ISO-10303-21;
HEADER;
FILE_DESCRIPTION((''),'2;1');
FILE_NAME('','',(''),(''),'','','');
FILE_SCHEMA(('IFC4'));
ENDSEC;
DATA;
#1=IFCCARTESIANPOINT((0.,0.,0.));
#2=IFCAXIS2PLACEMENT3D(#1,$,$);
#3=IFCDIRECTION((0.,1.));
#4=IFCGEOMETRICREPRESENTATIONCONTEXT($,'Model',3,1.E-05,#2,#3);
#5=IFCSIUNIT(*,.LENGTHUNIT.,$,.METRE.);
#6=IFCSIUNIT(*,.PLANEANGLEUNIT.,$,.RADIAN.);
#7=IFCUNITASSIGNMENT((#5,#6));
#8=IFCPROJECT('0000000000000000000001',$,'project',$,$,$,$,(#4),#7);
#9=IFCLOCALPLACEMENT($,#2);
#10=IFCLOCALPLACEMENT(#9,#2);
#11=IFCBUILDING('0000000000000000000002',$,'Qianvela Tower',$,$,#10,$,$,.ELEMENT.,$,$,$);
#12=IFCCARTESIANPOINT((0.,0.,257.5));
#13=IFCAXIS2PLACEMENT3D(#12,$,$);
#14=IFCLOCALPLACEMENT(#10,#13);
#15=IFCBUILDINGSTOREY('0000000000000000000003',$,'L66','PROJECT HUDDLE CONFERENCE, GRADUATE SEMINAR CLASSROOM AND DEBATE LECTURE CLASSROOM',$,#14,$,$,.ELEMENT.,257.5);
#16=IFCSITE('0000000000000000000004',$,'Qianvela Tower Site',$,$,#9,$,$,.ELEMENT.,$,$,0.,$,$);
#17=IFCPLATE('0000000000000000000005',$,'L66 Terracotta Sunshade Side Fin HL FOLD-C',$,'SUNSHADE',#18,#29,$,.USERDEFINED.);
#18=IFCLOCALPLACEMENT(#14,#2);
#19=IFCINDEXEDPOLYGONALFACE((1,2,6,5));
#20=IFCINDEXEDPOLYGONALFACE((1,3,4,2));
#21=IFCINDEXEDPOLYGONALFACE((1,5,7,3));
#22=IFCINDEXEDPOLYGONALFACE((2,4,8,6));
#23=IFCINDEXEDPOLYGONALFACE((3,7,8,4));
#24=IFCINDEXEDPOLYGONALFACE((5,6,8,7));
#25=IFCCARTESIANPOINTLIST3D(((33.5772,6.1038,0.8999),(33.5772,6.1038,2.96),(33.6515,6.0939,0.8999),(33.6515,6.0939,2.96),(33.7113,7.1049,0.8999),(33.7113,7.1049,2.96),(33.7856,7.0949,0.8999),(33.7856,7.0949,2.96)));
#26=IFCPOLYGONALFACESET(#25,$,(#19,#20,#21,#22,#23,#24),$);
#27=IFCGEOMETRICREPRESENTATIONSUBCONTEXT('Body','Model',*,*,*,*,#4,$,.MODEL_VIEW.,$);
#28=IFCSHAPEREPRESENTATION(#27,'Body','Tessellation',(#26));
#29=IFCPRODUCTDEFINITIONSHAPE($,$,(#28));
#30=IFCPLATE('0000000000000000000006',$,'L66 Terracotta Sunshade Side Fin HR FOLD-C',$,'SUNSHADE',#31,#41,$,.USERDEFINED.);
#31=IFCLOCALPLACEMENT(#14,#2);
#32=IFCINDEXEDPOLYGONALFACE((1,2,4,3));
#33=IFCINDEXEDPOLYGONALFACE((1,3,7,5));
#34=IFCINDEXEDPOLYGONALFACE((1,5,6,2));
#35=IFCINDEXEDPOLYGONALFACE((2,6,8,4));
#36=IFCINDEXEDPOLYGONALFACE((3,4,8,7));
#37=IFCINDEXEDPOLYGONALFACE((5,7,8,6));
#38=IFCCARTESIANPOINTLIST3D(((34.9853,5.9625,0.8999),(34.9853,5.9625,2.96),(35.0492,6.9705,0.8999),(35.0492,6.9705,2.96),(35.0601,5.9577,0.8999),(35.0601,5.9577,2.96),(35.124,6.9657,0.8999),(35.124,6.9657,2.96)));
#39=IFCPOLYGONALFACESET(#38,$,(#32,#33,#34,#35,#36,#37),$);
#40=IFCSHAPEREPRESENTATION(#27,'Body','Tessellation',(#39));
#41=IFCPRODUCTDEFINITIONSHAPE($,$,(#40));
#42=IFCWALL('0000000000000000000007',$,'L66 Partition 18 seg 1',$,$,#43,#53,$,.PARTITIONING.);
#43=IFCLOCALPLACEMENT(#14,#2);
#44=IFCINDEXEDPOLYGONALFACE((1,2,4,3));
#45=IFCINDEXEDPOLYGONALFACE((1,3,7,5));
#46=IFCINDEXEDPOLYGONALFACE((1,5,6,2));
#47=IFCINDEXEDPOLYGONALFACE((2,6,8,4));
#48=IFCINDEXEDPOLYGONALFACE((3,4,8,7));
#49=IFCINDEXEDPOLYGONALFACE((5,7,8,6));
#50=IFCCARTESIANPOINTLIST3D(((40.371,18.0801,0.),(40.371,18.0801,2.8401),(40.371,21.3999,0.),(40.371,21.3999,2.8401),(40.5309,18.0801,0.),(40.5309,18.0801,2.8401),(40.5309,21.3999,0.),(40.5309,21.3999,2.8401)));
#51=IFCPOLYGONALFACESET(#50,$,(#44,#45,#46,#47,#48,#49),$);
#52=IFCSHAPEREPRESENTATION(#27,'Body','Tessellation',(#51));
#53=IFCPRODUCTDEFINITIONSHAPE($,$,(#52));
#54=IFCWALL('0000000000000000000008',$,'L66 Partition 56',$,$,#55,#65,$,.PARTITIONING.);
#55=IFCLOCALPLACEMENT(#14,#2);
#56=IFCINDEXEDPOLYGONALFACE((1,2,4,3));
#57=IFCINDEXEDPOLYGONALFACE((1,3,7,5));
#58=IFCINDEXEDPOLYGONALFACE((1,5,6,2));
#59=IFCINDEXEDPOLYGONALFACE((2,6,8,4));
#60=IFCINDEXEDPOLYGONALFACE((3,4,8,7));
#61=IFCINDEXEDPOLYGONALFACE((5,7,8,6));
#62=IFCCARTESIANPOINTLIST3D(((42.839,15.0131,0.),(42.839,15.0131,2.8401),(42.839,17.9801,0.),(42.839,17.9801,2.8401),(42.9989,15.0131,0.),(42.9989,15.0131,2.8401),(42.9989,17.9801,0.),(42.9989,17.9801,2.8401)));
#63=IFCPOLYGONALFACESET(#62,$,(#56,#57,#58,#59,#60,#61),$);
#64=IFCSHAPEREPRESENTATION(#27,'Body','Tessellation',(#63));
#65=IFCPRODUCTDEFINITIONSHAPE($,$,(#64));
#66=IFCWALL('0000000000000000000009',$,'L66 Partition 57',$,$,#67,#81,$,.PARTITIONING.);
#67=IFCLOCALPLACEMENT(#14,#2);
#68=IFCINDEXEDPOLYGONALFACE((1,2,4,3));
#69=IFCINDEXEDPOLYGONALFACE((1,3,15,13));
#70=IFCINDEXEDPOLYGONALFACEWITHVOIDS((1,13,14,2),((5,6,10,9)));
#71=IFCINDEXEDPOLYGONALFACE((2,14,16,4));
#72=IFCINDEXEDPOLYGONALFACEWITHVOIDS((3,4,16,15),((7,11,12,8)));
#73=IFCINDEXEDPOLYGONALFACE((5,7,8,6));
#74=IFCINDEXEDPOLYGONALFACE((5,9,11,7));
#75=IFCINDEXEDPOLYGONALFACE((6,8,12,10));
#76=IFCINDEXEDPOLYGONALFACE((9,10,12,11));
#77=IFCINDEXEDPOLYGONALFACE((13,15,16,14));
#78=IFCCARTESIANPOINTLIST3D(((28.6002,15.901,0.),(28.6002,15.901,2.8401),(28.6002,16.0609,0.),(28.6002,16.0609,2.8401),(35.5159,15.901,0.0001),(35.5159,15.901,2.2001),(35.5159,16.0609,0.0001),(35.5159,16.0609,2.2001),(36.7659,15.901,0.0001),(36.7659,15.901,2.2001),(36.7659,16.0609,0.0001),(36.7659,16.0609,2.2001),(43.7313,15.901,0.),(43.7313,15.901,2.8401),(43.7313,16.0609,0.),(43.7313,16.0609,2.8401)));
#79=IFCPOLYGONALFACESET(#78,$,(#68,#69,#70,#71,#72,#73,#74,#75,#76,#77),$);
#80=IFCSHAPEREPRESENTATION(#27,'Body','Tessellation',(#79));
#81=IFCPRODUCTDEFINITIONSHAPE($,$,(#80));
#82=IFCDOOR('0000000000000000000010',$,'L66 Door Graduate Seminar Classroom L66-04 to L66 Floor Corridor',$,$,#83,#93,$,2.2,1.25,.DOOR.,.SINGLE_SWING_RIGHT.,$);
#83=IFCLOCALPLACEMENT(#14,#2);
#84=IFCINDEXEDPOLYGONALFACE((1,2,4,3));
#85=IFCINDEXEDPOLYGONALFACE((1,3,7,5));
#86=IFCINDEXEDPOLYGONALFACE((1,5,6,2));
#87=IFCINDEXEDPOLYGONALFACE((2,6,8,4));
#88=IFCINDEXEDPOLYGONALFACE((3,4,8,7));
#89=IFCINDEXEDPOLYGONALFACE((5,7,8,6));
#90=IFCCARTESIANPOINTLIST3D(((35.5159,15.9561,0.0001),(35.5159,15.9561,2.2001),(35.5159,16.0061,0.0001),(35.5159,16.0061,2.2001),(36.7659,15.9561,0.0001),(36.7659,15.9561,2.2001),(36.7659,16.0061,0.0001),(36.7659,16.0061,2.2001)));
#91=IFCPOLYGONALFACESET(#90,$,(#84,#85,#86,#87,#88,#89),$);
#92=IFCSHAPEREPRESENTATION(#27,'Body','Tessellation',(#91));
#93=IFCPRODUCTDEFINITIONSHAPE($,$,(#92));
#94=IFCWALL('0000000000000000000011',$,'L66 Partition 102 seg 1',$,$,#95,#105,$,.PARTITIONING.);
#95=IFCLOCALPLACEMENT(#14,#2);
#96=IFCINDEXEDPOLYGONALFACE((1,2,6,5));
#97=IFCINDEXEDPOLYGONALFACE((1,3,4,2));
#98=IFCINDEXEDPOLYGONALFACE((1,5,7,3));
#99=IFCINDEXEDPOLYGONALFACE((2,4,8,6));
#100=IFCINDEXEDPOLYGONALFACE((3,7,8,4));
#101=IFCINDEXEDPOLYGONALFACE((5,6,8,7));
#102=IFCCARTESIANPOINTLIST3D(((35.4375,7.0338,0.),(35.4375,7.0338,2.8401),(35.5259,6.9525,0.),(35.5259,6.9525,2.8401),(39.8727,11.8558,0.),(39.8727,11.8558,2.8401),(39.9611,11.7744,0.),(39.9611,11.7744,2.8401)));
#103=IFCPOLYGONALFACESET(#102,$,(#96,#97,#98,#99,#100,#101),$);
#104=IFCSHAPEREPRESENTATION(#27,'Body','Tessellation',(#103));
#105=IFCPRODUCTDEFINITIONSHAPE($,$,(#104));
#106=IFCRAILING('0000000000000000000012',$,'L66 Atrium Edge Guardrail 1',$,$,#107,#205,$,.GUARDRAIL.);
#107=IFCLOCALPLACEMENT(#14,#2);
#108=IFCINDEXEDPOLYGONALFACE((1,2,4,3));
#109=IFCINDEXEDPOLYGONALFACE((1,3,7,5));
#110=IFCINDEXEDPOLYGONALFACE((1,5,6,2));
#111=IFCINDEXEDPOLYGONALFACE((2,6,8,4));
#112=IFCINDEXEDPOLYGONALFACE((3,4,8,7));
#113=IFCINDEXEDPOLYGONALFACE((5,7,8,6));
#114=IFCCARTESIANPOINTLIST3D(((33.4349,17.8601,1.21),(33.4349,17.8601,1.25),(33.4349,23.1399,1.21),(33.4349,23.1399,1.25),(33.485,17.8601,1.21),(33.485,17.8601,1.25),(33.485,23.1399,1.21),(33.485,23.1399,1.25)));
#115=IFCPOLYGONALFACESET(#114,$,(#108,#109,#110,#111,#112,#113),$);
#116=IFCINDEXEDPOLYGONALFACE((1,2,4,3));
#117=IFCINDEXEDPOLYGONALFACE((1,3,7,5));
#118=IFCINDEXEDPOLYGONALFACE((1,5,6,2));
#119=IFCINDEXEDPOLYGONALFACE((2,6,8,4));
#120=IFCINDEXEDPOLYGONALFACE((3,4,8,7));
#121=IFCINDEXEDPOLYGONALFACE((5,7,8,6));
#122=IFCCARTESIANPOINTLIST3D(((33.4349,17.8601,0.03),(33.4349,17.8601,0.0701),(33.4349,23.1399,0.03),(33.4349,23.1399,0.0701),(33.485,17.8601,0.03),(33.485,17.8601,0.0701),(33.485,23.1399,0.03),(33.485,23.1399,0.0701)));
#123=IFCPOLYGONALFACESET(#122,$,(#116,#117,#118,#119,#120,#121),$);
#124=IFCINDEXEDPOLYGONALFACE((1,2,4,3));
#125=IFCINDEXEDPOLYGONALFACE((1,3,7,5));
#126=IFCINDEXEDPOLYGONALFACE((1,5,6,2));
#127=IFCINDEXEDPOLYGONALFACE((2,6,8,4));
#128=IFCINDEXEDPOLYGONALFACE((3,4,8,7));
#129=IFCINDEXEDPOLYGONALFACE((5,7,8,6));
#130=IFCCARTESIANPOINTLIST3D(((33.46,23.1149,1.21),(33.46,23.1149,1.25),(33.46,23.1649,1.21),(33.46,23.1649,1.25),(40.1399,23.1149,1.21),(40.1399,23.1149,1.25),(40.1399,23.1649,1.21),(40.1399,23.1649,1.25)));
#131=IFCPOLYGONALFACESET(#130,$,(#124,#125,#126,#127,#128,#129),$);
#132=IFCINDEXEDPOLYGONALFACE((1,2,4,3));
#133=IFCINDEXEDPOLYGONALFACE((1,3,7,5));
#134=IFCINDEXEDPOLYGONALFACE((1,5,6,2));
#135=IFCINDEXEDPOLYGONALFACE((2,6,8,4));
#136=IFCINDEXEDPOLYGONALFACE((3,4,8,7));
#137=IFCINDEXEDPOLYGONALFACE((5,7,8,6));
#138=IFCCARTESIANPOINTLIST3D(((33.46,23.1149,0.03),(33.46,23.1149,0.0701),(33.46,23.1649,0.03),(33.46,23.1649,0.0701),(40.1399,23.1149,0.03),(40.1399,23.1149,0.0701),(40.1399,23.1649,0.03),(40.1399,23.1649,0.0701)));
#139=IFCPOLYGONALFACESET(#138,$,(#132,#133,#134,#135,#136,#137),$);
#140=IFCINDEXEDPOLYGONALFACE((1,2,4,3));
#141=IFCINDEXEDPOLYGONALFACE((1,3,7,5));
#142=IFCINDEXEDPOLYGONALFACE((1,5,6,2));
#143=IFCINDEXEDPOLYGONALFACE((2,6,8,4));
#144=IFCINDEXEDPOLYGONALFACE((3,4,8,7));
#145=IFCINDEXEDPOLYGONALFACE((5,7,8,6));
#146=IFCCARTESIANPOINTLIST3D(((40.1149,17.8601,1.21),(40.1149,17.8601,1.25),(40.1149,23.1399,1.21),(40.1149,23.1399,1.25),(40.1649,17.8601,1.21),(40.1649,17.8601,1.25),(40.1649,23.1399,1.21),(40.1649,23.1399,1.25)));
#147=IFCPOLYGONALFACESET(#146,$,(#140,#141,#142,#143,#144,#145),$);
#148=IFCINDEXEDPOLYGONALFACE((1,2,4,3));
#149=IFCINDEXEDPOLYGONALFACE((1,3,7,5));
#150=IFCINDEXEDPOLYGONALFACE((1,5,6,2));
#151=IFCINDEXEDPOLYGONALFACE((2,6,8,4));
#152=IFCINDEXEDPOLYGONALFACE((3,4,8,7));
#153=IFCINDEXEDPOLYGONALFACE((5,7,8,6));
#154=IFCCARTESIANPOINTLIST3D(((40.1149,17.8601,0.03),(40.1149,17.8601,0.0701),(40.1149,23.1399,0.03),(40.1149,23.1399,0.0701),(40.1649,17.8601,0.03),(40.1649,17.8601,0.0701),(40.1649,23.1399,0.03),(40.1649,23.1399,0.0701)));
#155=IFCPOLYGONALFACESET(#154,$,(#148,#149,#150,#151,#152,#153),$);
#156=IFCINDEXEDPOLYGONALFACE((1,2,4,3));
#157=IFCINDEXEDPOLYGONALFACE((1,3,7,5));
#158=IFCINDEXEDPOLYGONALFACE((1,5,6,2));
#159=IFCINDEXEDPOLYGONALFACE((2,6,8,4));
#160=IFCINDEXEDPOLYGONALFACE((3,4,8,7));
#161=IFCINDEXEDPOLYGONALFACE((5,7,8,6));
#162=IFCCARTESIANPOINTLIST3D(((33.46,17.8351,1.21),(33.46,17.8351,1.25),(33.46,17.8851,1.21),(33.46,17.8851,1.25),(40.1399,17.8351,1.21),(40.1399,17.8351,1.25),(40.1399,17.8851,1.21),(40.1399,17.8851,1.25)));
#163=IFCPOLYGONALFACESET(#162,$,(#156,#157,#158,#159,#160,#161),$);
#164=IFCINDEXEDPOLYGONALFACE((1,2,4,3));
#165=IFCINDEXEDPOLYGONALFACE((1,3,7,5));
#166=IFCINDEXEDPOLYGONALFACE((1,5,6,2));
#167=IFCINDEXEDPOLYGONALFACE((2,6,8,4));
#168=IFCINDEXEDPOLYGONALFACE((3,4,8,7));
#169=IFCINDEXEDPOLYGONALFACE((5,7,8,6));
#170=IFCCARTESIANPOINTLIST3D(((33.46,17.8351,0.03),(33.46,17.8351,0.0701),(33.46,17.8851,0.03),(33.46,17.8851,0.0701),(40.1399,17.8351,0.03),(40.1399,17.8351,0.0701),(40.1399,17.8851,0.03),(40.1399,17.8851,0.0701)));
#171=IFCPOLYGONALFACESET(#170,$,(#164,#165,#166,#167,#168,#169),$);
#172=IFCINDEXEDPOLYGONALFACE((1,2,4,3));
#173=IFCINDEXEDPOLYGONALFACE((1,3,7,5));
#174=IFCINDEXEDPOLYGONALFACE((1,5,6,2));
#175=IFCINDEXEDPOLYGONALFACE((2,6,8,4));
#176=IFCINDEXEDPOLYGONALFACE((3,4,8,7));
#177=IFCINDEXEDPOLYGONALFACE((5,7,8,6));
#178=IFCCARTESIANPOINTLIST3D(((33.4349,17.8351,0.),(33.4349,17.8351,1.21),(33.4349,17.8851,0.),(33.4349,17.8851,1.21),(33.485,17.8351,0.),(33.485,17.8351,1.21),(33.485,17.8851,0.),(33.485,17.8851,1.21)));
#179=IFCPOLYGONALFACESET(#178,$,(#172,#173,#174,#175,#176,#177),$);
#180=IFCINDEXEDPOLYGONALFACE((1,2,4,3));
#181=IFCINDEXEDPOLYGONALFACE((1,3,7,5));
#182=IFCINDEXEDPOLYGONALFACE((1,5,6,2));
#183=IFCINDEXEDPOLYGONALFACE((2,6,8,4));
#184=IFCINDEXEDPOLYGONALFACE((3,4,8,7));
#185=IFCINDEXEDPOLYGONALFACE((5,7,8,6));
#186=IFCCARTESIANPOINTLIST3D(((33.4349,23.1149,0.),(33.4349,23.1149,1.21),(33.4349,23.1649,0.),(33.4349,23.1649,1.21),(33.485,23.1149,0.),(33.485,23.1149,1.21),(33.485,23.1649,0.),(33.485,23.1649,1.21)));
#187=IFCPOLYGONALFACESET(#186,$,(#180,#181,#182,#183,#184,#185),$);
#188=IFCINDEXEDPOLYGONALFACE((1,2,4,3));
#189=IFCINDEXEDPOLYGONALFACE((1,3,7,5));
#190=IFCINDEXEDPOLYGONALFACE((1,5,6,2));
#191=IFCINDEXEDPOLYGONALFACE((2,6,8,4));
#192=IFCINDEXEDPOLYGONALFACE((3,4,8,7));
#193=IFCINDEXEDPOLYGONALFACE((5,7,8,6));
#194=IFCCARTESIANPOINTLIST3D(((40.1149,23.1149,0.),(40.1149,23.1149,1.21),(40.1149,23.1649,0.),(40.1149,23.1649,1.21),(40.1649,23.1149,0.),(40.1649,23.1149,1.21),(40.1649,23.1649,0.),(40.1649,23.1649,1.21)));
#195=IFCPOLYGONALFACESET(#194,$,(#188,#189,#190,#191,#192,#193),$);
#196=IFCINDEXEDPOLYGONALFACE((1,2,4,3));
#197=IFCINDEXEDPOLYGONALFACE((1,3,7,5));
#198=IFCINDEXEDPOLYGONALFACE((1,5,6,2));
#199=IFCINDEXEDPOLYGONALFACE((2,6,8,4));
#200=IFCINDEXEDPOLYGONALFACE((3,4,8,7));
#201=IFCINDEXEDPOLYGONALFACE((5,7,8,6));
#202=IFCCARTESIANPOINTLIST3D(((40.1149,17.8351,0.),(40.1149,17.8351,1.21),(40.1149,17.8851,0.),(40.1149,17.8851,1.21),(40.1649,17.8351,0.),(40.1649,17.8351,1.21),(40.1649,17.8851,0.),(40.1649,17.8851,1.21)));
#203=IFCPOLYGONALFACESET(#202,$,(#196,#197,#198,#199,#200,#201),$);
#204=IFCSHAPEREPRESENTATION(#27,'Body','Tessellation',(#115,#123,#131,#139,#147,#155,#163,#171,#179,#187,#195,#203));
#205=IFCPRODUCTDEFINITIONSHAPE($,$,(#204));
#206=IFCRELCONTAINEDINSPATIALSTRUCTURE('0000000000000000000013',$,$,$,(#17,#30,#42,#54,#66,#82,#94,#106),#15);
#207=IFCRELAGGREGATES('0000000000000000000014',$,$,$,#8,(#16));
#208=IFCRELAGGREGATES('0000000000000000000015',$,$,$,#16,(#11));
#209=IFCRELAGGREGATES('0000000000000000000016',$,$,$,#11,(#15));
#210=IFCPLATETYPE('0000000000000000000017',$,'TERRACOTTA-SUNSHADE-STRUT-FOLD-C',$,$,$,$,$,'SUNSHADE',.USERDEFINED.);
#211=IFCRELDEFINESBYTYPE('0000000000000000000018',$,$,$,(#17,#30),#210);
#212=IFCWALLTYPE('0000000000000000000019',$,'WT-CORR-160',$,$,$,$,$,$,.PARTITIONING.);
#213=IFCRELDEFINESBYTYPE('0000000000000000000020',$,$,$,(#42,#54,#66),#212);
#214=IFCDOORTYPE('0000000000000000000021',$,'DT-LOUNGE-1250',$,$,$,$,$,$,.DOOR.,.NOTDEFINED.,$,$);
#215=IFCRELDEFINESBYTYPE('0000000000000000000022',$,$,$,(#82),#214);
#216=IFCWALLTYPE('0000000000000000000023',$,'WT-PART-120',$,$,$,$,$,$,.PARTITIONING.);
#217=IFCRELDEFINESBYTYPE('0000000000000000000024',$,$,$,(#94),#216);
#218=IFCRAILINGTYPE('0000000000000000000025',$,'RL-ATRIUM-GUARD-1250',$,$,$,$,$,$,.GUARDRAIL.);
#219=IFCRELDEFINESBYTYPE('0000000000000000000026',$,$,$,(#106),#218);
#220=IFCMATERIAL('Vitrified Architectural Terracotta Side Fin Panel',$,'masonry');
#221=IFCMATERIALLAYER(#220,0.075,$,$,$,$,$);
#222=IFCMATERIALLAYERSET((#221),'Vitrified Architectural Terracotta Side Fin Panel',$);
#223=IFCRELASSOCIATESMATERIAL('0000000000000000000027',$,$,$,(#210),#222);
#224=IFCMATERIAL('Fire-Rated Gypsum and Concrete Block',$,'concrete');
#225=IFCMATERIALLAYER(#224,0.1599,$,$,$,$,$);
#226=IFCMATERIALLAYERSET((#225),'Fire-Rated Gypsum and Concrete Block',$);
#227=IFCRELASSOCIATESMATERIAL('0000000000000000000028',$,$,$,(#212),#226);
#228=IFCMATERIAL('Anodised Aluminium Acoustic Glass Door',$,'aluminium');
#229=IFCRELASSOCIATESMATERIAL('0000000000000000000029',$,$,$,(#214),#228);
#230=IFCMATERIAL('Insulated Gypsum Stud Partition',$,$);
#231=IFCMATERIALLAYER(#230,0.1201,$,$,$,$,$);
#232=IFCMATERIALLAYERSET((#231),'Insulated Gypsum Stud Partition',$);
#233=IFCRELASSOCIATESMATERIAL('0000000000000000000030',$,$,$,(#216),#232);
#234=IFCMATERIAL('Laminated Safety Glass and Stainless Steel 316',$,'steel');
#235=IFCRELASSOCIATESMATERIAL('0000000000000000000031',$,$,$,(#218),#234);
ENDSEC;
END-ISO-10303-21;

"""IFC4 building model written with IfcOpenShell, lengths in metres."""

from ifc_helpers import new_model, si_unit, direction, frame, frame_2d, origin, origin_2d, place, context, subcontext, project, spatial, rectangle, extrude, material, layer, layer_set, type_object, element, fill, save


model = new_model("IFC4")

# Units and contexts
model_context = context("Model", 3, precision=1e-05, world=origin(), true_north=direction((0.0, 1.0)))
body_context = subcontext(model_context, "Body", "Model", "MODEL_VIEW")
ifc_project = project(units=[si_unit("LENGTHUNIT", "METRE"), si_unit("PLANEANGLEUNIT", "RADIAN")], contexts=[model_context])

# Site, building, storey
site_placement = place(None, origin())
site = spatial("IfcSite", under=ifc_project, at=site_placement, Name="Qianvela Tower Site", CompositionType="ELEMENT", RefElevation=0.0)
building_placement = place(site_placement, origin())
building = spatial("IfcBuilding", under=site, at=building_placement, Name="Qianvela Tower", CompositionType="ELEMENT")
storey_placement = place(building_placement, frame((0.0, 0.0, 257.5)))
storey = spatial("IfcBuildingStorey", under=building, at=storey_placement, Name="L66", Description="PROJECT HUDDLE CONFERENCE, GRADUATE SEMINAR CLASSROOM AND DEBATE LECTURE CLASSROOM", CompositionType="ELEMENT", Elevation=257.5)

# Plates
ifc_material_1 = material(Name="Vitrified Architectural Terracotta Side Fin Panel", Category="masonry")
ifc_layer_1 = layer(ifc_material_1, 0.075)
ifc_layer_set_1 = layer_set([ifc_layer_1], Name="Vitrified Architectural Terracotta Side Fin Panel")
plate_type_1 = type_object("IfcPlateType", Name="TERRACOTTA-SUNSHADE-STRUT-FOLD-C", ElementType="SUNSHADE", PredefinedType="USERDEFINED", material=ifc_layer_set_1)
for number, where, z_axis, x_axis, name in (
    (1, (33.6814, 6.5994, 0.8999), (0.0, 0.0, 1.0), (0.991153, -0.132722, 0.0), "L66 Terracotta Sunshade Side Fin HL FOLD-C"),
    (2, (35.0547, 6.4641, 0.8999), (0.0, 0.0, 1.0), (0.997997, -0.063259, 0.0), "L66 Terracotta Sunshade Side Fin HR FOLD-C"),
):
    element("IfcPlate", number, at=place(storey_placement, frame(where, z_axis=z_axis, x_axis=x_axis)), inside=storey, type_object=plate_type_1, Name=name, ObjectType="SUNSHADE", PredefinedType="USERDEFINED", context=body_context, shape_type="SweptSolid", body=[
        extrude(rectangle(XDim=0.075, YDim=1.01, at=origin_2d()), origin(), (0.0, 0.0, 1.0), 2.0601),
    ])

# Shared definitions
ifc_material_2 = material(Name="Fire-Rated Gypsum and Concrete Block", Category="concrete")
ifc_layer_2 = layer(ifc_material_2, 0.1599)
ifc_layer_set_2 = layer_set([ifc_layer_2], Name="Fire-Rated Gypsum and Concrete Block")
wall_type_1 = type_object("IfcWallType", Name="WT-CORR-160", PredefinedType="PARTITIONING", material=ifc_layer_set_2)

# Walls
wall_1_placement = place(storey_placement, frame((40.4509, 18.0801, 0.0), z_axis=(0.0, 0.0, 1.0), x_axis=(0.0, 1.0, 0.0)))
element("IfcWall", 3, at=wall_1_placement, inside=storey, type_object=wall_type_1, Name="L66 Partition 18 seg 1", PredefinedType="PARTITIONING", context=body_context, shape_type="SweptSolid", body=[
    extrude(rectangle(XDim=3.3198, YDim=0.1599, at=frame_2d((1.6599, 0.0))), origin(), (0.0, 0.0, 1.0), 2.8401),
])
wall_2_placement = place(storey_placement, frame((42.9189, 17.98, 0.0), z_axis=(0.0, 0.0, 1.0), x_axis=(0.0, -1.0, 0.0)))
element("IfcWall", 4, at=wall_2_placement, inside=storey, type_object=wall_type_1, Name="L66 Partition 56", PredefinedType="PARTITIONING", context=body_context, shape_type="SweptSolid", body=[
    extrude(rectangle(XDim=2.967, YDim=0.1599, at=frame_2d((1.4834, 0.0))), origin(), (0.0, 0.0, 1.0), 2.8401),
])

# Wall, opening, door
wall_3_placement = place(storey_placement, frame((43.7312, 15.981, 0.0), z_axis=(0.0, 0.0, 1.0), x_axis=(-1.0, 0.0, 0.0)))
wall_3 = element("IfcWall", 5, at=wall_3_placement, inside=storey, type_object=wall_type_1, Name="L66 Partition 57", PredefinedType="PARTITIONING", context=body_context, shape_type="SweptSolid", body=[
    extrude(rectangle(XDim=15.1311, YDim=0.1599, at=frame_2d((7.5654, 0.0))), origin(), (0.0, 0.0, 1.0), 2.8401),
])
opening_1_placement = place(wall_3_placement, frame((6.9653, 0.0, 0.0)))
opening_1 = element("IfcOpeningElement", 6, at=opening_1_placement, cuts=wall_3, PredefinedType="OPENING", context=body_context, shape_type="SweptSolid", body=[
    extrude(rectangle(XDim=1.25, YDim=2.2, at=frame_2d((0.625, 1.1001))), frame((0.0, 0.0898, 0.0), z_axis=(0.0, -1.0, 0.0), x_axis=(1.0, 0.0, 0.0)), (0.0, 0.0, 1.0), 0.1799),
])
ifc_material_3 = material(Name="Anodised Aluminium Acoustic Glass Door", Category="aluminium")
door_type_1 = type_object("IfcDoorType", Name="DT-LOUNGE-1250", OperationType="NOTDEFINED", PredefinedType="DOOR", material=ifc_material_3)
door_1_placement = place(opening_1_placement, origin())
door_1 = element("IfcDoor", 7, at=door_1_placement, inside=storey, type_object=door_type_1, Name="L66 Door Graduate Seminar Classroom L66-04 to L66 Floor Corridor", OperationType="SINGLE_SWING_RIGHT", OverallHeight=2.2, OverallWidth=1.25, PredefinedType="DOOR", context=body_context, shape_type="SweptSolid", body=[
    extrude(rectangle(XDim=1.25, YDim=2.2, at=frame_2d((0.625, 1.1001))), frame((0.0, 0.0249, 0.0), z_axis=(0.0, -1.0, 0.0), x_axis=(1.0, 0.0, 0.0)), (0.0, 0.0, 1.0), 0.05),
])
fill(opening_1, door_1)

# Wall
ifc_material_4 = material(Name="Insulated Gypsum Stud Partition")
ifc_layer_3 = layer(ifc_material_4, 0.1201)
ifc_layer_set_3 = layer_set([ifc_layer_3], Name="Insulated Gypsum Stud Partition")
wall_type_2 = type_object("IfcWallType", Name="WT-PART-120", PredefinedType="PARTITIONING", material=ifc_layer_set_3)
wall_4_placement = place(storey_placement, frame((39.917, 11.8152, 0.0), z_axis=(0.0, 0.0, 1.0), x_axis=(-0.676977, -0.736004, 0.0)))
element("IfcWall", 8, at=wall_4_placement, inside=storey, type_object=wall_type_2, Name="L66 Partition 102 seg 1", PredefinedType="PARTITIONING", context=body_context, shape_type="SweptSolid", body=[
    extrude(rectangle(XDim=6.5515, YDim=0.1201, at=frame_2d((3.2759, 0.0))), origin(), (0.0, 0.0, 1.0), 2.8401),
])

# Railing
ifc_material_5 = material(Name="Laminated Safety Glass and Stainless Steel 316", Category="steel")
railing_type = type_object("IfcRailingType", Name="RL-ATRIUM-GUARD-1250", PredefinedType="GUARDRAIL", material=ifc_material_5)
railing_placement = place(storey_placement, frame((33.46, 17.8601, 0.0)))
element("IfcRailing", 9, at=railing_placement, inside=storey, type_object=railing_type, Name="L66 Atrium Edge Guardrail 1", PredefinedType="GUARDRAIL", context=body_context, shape_type="SweptSolid", body=[
    extrude(rectangle(XDim=0.05, YDim=0.04, at=origin_2d()), frame((0.0, 0.0, 1.23), z_axis=(0.0, 1.0, 0.0), x_axis=(-1.0, 0.0, 0.0)), (0.0, 0.0, 1.0), 5.2798),
    extrude(rectangle(XDim=0.05, YDim=0.04, at=origin_2d()), frame((0.0, 0.0, 0.05), z_axis=(0.0, 1.0, 0.0), x_axis=(-1.0, 0.0, 0.0)), (0.0, 0.0, 1.0), 5.2798),
    extrude(rectangle(XDim=0.05, YDim=0.04, at=origin_2d()), frame((0.0, 5.2798, 1.23), z_axis=(1.0, 0.0, 0.0), x_axis=(0.0, 1.0, 0.0)), (0.0, 0.0, 1.0), 6.6799),
    extrude(rectangle(XDim=0.05, YDim=0.04, at=origin_2d()), frame((0.0, 5.2798, 0.05), z_axis=(1.0, 0.0, 0.0), x_axis=(0.0, 1.0, 0.0)), (0.0, 0.0, 1.0), 6.6799),
    extrude(rectangle(XDim=0.05, YDim=0.04, at=origin_2d()), frame((6.6799, 5.2798, 1.23), z_axis=(0.0, -1.0, 0.0), x_axis=(1.0, 0.0, 0.0)), (0.0, 0.0, 1.0), 5.2798),
    extrude(rectangle(XDim=0.05, YDim=0.04, at=origin_2d()), frame((6.6799, 5.2798, 0.05), z_axis=(0.0, -1.0, 0.0), x_axis=(1.0, 0.0, 0.0)), (0.0, 0.0, 1.0), 5.2798),
    extrude(rectangle(XDim=0.05, YDim=0.04, at=origin_2d()), frame((6.6799, 0.0, 1.23), z_axis=(-1.0, 0.0, 0.0), x_axis=(0.0, -1.0, 0.0)), (0.0, 0.0, 1.0), 6.6799),
    extrude(rectangle(XDim=0.05, YDim=0.04, at=origin_2d()), frame((6.6799, 0.0, 0.05), z_axis=(-1.0, 0.0, 0.0), x_axis=(0.0, -1.0, 0.0)), (0.0, 0.0, 1.0), 6.6799),
    extrude(rectangle(XDim=0.05, YDim=0.05, at=origin_2d()), origin(), (0.0, 0.0, 1.0), 1.21),
    extrude(rectangle(XDim=0.05, YDim=0.05, at=origin_2d()), frame((0.0, 5.2798, 0.0)), (0.0, 0.0, 1.0), 1.21),
    extrude(rectangle(XDim=0.05, YDim=0.05, at=origin_2d()), frame((6.6799, 5.2798, 0.0)), (0.0, 0.0, 1.0), 1.21),
    extrude(rectangle(XDim=0.05, YDim=0.05, at=origin_2d()), frame((6.6799, 0.0, 0.0)), (0.0, 0.0, 1.0), 1.21),
])

save(model, "model.ifc")
